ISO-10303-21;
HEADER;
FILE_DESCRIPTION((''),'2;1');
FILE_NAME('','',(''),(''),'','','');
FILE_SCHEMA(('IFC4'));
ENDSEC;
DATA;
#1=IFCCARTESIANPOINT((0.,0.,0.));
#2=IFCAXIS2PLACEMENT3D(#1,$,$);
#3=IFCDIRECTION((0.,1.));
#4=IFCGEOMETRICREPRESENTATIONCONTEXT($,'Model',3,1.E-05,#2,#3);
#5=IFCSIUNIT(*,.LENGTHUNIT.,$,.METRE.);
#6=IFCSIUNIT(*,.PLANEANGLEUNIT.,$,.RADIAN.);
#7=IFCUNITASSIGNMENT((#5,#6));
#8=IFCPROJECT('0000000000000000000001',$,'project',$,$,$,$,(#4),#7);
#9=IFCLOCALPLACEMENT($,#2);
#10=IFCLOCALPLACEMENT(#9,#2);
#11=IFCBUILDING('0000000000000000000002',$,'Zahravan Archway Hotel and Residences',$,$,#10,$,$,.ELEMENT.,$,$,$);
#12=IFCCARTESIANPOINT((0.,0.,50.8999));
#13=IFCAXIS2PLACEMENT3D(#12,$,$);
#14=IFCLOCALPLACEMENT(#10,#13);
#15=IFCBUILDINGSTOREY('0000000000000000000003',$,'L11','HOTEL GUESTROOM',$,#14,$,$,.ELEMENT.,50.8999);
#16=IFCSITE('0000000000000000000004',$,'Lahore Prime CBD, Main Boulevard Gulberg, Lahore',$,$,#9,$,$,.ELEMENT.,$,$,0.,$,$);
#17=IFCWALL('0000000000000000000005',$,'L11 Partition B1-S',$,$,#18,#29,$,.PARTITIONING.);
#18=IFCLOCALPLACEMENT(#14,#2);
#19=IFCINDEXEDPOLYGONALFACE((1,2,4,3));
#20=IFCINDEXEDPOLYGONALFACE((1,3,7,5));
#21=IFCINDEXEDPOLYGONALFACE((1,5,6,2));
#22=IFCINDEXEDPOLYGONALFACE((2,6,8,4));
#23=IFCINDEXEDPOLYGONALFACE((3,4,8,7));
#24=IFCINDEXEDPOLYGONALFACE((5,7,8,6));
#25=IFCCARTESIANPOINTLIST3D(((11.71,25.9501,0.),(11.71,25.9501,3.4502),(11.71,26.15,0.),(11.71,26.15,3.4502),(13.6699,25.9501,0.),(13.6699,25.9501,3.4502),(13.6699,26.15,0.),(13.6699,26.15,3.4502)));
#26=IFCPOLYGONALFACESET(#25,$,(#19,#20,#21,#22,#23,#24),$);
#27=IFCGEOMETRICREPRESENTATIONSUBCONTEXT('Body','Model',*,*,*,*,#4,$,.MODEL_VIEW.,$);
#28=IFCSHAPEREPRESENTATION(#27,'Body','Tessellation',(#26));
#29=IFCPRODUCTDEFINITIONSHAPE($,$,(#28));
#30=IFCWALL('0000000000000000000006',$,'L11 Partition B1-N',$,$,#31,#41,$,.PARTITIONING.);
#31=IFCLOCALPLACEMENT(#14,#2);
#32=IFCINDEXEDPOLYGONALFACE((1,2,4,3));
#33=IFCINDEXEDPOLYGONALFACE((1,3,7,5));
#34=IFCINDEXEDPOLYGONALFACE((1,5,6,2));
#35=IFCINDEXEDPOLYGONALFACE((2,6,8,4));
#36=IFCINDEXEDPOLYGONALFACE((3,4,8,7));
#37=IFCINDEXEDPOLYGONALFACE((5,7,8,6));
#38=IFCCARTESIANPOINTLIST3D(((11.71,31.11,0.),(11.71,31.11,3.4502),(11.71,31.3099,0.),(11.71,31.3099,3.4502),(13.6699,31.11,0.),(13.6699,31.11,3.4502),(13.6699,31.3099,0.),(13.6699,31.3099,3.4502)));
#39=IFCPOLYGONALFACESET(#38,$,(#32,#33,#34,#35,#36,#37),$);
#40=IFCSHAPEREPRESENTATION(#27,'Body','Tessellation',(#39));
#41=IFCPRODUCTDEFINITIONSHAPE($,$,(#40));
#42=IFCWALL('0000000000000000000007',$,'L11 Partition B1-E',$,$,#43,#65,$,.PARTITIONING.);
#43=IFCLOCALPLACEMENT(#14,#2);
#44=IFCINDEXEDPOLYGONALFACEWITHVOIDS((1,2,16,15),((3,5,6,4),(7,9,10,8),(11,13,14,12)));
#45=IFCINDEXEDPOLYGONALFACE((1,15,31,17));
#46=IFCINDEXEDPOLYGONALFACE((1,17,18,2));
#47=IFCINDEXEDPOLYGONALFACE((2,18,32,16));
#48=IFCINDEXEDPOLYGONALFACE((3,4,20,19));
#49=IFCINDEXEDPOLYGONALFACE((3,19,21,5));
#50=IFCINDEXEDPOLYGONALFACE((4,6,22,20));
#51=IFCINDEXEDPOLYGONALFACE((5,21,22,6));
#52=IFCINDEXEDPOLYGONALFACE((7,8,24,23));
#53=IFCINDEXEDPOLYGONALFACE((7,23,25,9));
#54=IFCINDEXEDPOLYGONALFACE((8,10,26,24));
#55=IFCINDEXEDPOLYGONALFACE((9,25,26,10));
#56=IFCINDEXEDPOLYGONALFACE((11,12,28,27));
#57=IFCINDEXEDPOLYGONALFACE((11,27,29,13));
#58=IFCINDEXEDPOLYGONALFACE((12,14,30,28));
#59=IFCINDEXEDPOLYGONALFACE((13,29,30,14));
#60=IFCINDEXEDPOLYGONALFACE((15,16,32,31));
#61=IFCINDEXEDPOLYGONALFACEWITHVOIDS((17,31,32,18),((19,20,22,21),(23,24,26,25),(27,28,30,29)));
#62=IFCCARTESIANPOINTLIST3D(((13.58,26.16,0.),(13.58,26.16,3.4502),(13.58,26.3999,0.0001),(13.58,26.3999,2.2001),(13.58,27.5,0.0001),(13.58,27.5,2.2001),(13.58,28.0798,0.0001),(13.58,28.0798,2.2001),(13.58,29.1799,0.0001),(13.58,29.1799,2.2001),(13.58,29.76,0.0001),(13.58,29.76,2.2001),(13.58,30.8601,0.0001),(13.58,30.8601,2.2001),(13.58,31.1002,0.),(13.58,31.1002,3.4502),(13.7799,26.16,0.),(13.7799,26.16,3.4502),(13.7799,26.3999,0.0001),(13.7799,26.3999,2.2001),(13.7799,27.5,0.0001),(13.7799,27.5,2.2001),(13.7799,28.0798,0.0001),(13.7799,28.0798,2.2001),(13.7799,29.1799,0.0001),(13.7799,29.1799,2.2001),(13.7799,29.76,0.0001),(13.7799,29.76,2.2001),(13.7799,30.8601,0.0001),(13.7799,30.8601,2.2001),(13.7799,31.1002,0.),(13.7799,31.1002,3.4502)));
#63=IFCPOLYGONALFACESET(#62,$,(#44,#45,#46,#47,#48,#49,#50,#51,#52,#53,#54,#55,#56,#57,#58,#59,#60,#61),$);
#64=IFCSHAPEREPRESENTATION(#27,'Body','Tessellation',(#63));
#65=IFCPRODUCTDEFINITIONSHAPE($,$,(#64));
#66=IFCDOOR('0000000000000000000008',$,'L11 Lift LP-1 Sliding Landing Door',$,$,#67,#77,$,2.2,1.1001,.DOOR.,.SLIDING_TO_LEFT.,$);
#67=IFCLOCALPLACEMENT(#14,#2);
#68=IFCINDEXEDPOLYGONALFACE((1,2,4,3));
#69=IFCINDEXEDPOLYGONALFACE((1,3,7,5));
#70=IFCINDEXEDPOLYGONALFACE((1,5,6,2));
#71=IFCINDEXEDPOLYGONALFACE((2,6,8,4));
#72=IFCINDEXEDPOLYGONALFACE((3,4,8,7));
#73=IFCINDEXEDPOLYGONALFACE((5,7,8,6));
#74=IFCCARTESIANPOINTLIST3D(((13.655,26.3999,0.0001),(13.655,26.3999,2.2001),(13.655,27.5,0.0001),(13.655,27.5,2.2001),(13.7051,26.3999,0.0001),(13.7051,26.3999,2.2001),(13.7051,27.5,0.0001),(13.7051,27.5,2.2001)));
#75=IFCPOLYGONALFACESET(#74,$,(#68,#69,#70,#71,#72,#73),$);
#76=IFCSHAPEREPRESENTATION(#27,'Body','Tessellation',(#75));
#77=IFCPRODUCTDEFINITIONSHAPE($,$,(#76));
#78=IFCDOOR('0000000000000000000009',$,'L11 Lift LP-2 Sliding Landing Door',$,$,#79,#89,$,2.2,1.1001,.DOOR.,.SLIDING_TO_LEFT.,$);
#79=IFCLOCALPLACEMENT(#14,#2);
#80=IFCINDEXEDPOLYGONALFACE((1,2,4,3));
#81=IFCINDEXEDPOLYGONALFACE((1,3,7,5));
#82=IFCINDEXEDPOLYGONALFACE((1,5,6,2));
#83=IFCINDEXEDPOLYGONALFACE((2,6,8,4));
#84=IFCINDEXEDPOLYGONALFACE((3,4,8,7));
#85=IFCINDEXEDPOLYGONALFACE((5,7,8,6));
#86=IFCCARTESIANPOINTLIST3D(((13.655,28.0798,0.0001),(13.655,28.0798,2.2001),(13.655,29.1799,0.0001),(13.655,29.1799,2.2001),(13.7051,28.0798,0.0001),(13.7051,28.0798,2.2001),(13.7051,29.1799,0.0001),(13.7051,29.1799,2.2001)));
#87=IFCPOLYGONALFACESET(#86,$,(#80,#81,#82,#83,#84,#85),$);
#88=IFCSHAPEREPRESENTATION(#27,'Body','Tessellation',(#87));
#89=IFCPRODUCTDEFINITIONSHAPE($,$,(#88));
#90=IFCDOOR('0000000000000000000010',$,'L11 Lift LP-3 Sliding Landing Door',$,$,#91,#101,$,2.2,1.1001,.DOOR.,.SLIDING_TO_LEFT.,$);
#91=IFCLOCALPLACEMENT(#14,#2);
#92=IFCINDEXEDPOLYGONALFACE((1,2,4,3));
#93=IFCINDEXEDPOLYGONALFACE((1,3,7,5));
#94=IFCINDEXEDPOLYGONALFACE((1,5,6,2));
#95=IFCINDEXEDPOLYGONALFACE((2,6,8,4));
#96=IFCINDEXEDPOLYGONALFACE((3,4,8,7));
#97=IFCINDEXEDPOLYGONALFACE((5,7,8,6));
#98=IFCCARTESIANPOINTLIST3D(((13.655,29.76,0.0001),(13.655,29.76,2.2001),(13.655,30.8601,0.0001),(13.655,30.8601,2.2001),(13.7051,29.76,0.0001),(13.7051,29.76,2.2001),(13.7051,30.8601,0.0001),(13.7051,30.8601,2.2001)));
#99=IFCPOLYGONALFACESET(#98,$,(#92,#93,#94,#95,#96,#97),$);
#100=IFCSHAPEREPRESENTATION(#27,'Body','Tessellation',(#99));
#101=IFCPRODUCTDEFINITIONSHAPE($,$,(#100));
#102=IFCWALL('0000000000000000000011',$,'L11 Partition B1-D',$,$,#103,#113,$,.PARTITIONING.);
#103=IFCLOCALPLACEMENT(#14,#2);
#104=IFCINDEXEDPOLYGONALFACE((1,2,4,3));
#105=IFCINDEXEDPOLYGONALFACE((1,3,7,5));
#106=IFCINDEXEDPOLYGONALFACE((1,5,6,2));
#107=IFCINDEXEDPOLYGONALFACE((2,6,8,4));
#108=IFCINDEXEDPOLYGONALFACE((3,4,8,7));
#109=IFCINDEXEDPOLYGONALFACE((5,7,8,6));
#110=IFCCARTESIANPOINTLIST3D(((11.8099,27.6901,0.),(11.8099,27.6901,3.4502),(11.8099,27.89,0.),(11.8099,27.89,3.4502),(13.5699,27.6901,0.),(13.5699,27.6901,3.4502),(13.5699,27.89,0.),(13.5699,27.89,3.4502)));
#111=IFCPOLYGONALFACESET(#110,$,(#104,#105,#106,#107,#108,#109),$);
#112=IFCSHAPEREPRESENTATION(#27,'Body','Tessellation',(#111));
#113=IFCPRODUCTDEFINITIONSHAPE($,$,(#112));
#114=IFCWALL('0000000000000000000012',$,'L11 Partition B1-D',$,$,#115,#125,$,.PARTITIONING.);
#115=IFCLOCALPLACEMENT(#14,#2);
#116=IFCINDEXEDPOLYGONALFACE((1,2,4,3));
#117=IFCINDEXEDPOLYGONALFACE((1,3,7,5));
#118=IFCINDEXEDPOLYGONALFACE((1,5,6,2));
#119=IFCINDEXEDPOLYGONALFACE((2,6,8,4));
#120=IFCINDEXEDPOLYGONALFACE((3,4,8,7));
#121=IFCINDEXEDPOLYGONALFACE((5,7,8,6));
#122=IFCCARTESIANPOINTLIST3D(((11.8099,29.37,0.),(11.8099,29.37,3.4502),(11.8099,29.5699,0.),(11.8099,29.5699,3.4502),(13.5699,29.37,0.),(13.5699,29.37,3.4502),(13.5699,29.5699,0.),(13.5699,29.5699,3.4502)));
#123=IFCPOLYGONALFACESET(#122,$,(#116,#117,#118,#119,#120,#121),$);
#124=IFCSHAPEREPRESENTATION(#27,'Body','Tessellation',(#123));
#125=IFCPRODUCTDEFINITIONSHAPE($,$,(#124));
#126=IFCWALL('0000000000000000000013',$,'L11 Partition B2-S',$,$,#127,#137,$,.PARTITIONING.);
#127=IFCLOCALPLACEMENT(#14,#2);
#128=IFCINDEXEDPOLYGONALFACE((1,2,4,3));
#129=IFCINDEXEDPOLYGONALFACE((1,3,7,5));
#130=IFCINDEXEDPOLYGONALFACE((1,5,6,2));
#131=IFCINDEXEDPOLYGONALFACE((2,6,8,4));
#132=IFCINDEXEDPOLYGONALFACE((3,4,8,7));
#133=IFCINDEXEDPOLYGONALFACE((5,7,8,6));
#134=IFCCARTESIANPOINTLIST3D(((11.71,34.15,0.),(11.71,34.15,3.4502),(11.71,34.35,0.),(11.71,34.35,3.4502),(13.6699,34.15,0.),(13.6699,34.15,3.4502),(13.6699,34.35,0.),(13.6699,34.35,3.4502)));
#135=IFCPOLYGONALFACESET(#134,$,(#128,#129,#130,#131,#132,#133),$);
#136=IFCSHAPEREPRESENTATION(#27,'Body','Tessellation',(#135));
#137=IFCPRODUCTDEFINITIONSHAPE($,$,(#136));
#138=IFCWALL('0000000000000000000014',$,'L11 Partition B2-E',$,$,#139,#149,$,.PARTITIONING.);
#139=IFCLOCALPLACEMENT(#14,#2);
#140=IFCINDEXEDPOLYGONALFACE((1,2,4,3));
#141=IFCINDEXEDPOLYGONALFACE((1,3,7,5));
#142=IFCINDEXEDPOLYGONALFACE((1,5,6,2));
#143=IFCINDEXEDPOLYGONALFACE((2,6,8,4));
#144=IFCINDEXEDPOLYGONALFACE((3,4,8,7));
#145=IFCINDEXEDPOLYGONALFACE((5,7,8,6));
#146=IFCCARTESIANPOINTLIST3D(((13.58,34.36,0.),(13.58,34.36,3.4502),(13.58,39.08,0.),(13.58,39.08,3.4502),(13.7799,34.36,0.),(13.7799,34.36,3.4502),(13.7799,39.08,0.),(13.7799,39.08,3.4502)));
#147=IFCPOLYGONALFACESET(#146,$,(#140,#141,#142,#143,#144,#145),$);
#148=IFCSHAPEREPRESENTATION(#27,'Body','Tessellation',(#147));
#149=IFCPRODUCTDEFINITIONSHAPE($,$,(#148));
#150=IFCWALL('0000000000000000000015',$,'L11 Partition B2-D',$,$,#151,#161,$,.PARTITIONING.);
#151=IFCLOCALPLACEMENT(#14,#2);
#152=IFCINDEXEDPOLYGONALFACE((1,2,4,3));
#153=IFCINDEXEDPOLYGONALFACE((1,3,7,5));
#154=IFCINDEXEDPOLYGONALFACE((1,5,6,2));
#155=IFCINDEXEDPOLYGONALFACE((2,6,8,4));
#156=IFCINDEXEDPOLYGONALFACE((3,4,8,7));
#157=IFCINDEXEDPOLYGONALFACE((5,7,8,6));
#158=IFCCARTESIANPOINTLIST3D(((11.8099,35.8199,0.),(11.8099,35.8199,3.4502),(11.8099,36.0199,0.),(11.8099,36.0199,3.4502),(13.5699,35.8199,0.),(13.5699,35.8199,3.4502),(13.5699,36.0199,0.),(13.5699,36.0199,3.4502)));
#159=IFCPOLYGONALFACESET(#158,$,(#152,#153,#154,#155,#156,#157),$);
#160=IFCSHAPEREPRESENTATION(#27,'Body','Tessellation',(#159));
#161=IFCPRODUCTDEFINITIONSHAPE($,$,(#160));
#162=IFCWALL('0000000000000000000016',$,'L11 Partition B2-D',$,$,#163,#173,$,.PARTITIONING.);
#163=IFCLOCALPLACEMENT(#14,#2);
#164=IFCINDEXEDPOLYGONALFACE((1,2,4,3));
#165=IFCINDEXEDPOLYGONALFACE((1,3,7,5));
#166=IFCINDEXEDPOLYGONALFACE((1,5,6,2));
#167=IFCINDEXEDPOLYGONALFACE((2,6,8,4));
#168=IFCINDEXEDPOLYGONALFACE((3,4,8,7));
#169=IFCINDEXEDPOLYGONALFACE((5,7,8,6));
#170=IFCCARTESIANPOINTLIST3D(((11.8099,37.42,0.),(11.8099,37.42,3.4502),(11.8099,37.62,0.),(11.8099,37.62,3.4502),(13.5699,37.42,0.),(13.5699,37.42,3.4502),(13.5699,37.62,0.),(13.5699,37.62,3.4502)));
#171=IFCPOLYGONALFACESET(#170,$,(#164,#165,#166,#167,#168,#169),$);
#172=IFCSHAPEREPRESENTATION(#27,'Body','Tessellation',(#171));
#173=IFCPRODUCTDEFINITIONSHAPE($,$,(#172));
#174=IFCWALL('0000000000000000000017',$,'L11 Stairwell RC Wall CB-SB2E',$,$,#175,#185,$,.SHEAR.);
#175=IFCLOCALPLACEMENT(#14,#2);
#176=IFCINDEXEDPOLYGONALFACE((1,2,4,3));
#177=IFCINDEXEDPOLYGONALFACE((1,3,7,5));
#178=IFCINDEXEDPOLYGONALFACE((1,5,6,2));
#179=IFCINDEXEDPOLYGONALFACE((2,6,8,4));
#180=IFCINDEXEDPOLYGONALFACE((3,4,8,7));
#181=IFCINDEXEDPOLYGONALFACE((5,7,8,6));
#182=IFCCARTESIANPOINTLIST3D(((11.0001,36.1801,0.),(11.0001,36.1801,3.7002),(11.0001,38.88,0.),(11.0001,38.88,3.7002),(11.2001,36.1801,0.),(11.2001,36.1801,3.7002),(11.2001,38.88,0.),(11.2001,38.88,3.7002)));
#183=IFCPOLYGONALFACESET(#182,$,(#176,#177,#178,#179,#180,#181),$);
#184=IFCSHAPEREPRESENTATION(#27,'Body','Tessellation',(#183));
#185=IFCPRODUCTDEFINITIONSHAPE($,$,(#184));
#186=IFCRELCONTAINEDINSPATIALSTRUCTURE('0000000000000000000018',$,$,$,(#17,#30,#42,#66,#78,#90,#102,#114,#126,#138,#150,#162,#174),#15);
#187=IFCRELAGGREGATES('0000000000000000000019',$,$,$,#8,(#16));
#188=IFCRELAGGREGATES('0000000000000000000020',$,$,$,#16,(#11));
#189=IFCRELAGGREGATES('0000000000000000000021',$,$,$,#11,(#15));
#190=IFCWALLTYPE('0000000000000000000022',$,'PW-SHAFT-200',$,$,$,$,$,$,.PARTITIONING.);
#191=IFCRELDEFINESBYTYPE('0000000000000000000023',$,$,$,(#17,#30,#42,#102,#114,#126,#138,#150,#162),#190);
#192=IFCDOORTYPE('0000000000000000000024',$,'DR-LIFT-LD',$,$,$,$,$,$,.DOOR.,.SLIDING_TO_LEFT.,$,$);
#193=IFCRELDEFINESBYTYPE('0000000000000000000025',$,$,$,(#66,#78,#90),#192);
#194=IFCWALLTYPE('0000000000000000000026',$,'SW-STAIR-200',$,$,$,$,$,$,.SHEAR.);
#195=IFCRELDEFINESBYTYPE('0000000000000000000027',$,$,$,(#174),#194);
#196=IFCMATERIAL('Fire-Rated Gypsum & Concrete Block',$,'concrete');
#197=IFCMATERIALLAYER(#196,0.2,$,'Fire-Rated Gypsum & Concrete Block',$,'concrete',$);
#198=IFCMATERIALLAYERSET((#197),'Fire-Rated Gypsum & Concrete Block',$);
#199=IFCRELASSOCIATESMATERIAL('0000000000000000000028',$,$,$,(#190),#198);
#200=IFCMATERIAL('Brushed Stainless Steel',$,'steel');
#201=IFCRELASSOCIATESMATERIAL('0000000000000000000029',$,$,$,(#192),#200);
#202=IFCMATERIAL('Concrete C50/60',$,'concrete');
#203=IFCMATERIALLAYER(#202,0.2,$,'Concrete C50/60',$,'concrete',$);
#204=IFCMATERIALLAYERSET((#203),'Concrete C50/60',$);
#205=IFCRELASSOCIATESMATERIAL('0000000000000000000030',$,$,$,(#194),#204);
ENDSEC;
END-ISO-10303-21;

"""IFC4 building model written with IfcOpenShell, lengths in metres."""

from ifc_helpers import new_model, si_unit, direction, frame, frame_2d, origin, place, context, subcontext, project, spatial, rectangle, extrude, source, transform, mapped, material, layer, layer_set, type_object, type_shapes, element, fill, save


model = new_model("IFC4")

# Units and contexts
model_context = context("Model", 3, precision=1e-05, world=origin(), true_north=direction((0.0, 1.0)))
body_context = subcontext(model_context, "Body", "Model", "MODEL_VIEW")
ifc_project = project(units=[si_unit("LENGTHUNIT", "METRE"), si_unit("PLANEANGLEUNIT", "RADIAN")], contexts=[model_context])

# Site, building, storey
site_placement = place(None, origin())
site = spatial("IfcSite", under=ifc_project, at=site_placement, Name="Lahore Prime CBD, Main Boulevard Gulberg, Lahore", CompositionType="ELEMENT", RefElevation=0.0)
building_placement = place(site_placement, origin())
building = spatial("IfcBuilding", under=site, at=building_placement, Name="Zahravan Archway Hotel and Residences", CompositionType="ELEMENT")
storey_placement = place(building_placement, frame((0.0, 0.0, 50.8999)))
storey = spatial("IfcBuildingStorey", under=building, at=storey_placement, Name="L11", Description="HOTEL GUESTROOM", CompositionType="ELEMENT", Elevation=50.8999)

# Walls
ifc_material_1 = material(Name="Fire-Rated Gypsum & Concrete Block", Category="concrete")
ifc_layer_1 = layer(ifc_material_1, 0.2, Name="Fire-Rated Gypsum & Concrete Block", Category="concrete")
ifc_layer_set_1 = layer_set([ifc_layer_1], Name="Fire-Rated Gypsum & Concrete Block")
wall_type_1 = type_object("IfcWallType", Name="PW-SHAFT-200", PredefinedType="PARTITIONING", material=ifc_layer_set_1)
for number, where, z_axis, x_axis, name in (
    (1, (11.71, 26.05, 0.0), (0.0, 0.0, 1.0), (1.0, 0.0, 0.0), "L11 Partition B1-S"),
    (2, (11.71, 31.21, 0.0), (0.0, 0.0, 1.0), (1.0, 0.0, 0.0), "L11 Partition B1-N"),
):
    element("IfcWall", number, at=place(storey_placement, frame(where, z_axis=z_axis, x_axis=x_axis)), inside=storey, type_object=wall_type_1, Name=name, PredefinedType="PARTITIONING", context=body_context, shape_type="SweptSolid", body=[
        extrude(rectangle(XDim=1.96, YDim=0.2, at=frame_2d((0.98, 0.0))), origin(), (0.0, 0.0, 1.0), 3.4502),
    ])

# Wall, openings, doors
wall_1_placement = place(storey_placement, frame((13.6799, 26.1599, 0.0), z_axis=(0.0, 0.0, 1.0), x_axis=(0.0, 1.0, 0.0)))
wall_1 = element("IfcWall", 3, at=wall_1_placement, inside=storey, type_object=wall_type_1, Name="L11 Partition B1-E", PredefinedType="PARTITIONING", context=body_context, shape_type="SweptSolid", body=[
    extrude(rectangle(XDim=4.9402, YDim=0.2, at=frame_2d((2.4702, 0.0))), origin(), (0.0, 0.0, 1.0), 3.4502),
])
opening_1_placement = place(wall_1_placement, frame((0.24, 0.0, 0.0)))
opening_1 = element("IfcOpeningElement", 4, at=opening_1_placement, cuts=wall_1, PredefinedType="OPENING", context=body_context, shape_type="SweptSolid", body=[
    extrude(rectangle(XDim=1.1001, YDim=2.2, at=frame_2d((0.55, 1.1001))), frame((0.0, 0.1099, 0.0), z_axis=(0.0, -1.0, 0.0), x_axis=(1.0, 0.0, 0.0)), (0.0, 0.0, 1.0), 0.22),
])
opening_2_placement = place(wall_1_placement, frame((1.9199, 0.0, 0.0)))
opening_2 = element("IfcOpeningElement", 5, at=opening_2_placement, cuts=wall_1, PredefinedType="OPENING", context=body_context, shape_type="SweptSolid", body=[
    extrude(rectangle(XDim=1.1001, YDim=2.2, at=frame_2d((0.55, 1.1001))), frame((0.0, 0.1099, 0.0), z_axis=(0.0, -1.0, 0.0), x_axis=(1.0, 0.0, 0.0)), (0.0, 0.0, 1.0), 0.22),
])
opening_3_placement = place(wall_1_placement, frame((3.6001, 0.0, 0.0)))
opening_3 = element("IfcOpeningElement", 6, at=opening_3_placement, cuts=wall_1, PredefinedType="OPENING", context=body_context, shape_type="SweptSolid", body=[
    extrude(rectangle(XDim=1.1001, YDim=2.2, at=frame_2d((0.55, 1.1001))), frame((0.0, 0.1099, 0.0), z_axis=(0.0, -1.0, 0.0), x_axis=(1.0, 0.0, 0.0)), (0.0, 0.0, 1.0), 0.22),
])
ifc_material_2 = material(Name="Brushed Stainless Steel", Category="steel")
door_type = type_object("IfcDoorType", Name="DR-LIFT-LD", OperationType="SLIDING_TO_LEFT", PredefinedType="DOOR", material=ifc_material_2)
shared_shape_1 = source(origin(), body_context, "Body", "SweptSolid", [
    extrude(rectangle(XDim=1.1001, YDim=2.2, at=frame_2d((0.55, 1.1001))), frame((0.0, 0.0249, 0.0), z_axis=(0.0, -1.0, 0.0), x_axis=(1.0, 0.0, 0.0)), (0.0, 0.0, 1.0), 0.05),
])
type_shapes(door_type, [shared_shape_1])
door_1_placement = place(opening_1_placement, origin())
door_1 = element("IfcDoor", 7, at=door_1_placement, inside=storey, type_object=door_type, Name="L11 Lift LP-1 Sliding Landing Door", OperationType="SLIDING_TO_LEFT", OverallHeight=2.2, OverallWidth=1.1001, PredefinedType="DOOR", context=body_context, shape_type="MappedRepresentation", body=[
    mapped(shared_shape_1, transform((0.0, 0.0, 0.0), scale=1.0)),
])
fill(opening_1, door_1)
door_2_placement = place(opening_2_placement, origin())
door_2 = element("IfcDoor", 8, at=door_2_placement, inside=storey, type_object=door_type, Name="L11 Lift LP-2 Sliding Landing Door", OperationType="SLIDING_TO_LEFT", OverallHeight=2.2, OverallWidth=1.1001, PredefinedType="DOOR", context=body_context, shape_type="MappedRepresentation", body=[
    mapped(shared_shape_1, transform((0.0, 0.0, 0.0), scale=1.0)),
])
fill(opening_2, door_2)
door_3_placement = place(opening_3_placement, origin())
door_3 = element("IfcDoor", 9, at=door_3_placement, inside=storey, type_object=door_type, Name="L11 Lift LP-3 Sliding Landing Door", OperationType="SLIDING_TO_LEFT", OverallHeight=2.2, OverallWidth=1.1001, PredefinedType="DOOR", context=body_context, shape_type="MappedRepresentation", body=[
    mapped(shared_shape_1, transform((0.0, 0.0, 0.0), scale=1.0)),
])
fill(opening_3, door_3)

# Walls
for number, where, z_axis, x_axis, name in (
    (10, (11.8101, 27.79, 0.0), (0.0, 0.0, 1.0), (1.0, 0.0, 0.0), "L11 Partition B1-D"),
    (11, (11.8101, 29.47, 0.0), (0.0, 0.0, 1.0), (1.0, 0.0, 0.0), "L11 Partition B1-D"),
):
    element("IfcWall", number, at=place(storey_placement, frame(where, z_axis=z_axis, x_axis=x_axis)), inside=storey, type_object=wall_type_1, Name=name, PredefinedType="PARTITIONING", context=body_context, shape_type="SweptSolid", body=[
        extrude(rectangle(XDim=1.76, YDim=0.2, at=frame_2d((0.8799, 0.0))), origin(), (0.0, 0.0, 1.0), 3.4502),
    ])
wall_2_placement = place(storey_placement, frame((11.71, 34.25, 0.0), z_axis=(0.0, 0.0, 1.0), x_axis=(1.0, 0.0, 0.0)))
element("IfcWall", 12, at=wall_2_placement, inside=storey, type_object=wall_type_1, Name="L11 Partition B2-S", PredefinedType="PARTITIONING", context=body_context, shape_type="SweptSolid", body=[
    extrude(rectangle(XDim=1.96, YDim=0.2, at=frame_2d((0.98, 0.0))), origin(), (0.0, 0.0, 1.0), 3.4502),
])
wall_3_placement = place(storey_placement, frame((13.6799, 34.3601, 0.0), z_axis=(0.0, 0.0, 1.0), x_axis=(0.0, 1.0, 0.0)))
element("IfcWall", 13, at=wall_3_placement, inside=storey, type_object=wall_type_1, Name="L11 Partition B2-E", PredefinedType="PARTITIONING", context=body_context, shape_type="SweptSolid", body=[
    extrude(rectangle(XDim=4.72, YDim=0.2, at=frame_2d((2.3599, 0.0))), origin(), (0.0, 0.0, 1.0), 3.4502),
])
for number, where, z_axis, x_axis, name in (
    (14, (11.8101, 35.9199, 0.0), (0.0, 0.0, 1.0), (1.0, 0.0, 0.0), "L11 Partition B2-D"),
    (15, (11.8101, 37.52, 0.0), (0.0, 0.0, 1.0), (1.0, 0.0, 0.0), "L11 Partition B2-D"),
):
    element("IfcWall", number, at=place(storey_placement, frame(where, z_axis=z_axis, x_axis=x_axis)), inside=storey, type_object=wall_type_1, Name=name, PredefinedType="PARTITIONING", context=body_context, shape_type="SweptSolid", body=[
        extrude(rectangle(XDim=1.76, YDim=0.2, at=frame_2d((0.8799, 0.0))), origin(), (0.0, 0.0, 1.0), 3.4502),
    ])
ifc_material_3 = material(Name="Concrete C50/60", Category="concrete")
ifc_layer_2 = layer(ifc_material_3, 0.2, Name="Concrete C50/60", Category="concrete")
ifc_layer_set_2 = layer_set([ifc_layer_2], Name="Concrete C50/60")
wall_type_2 = type_object("IfcWallType", Name="SW-STAIR-200", PredefinedType="SHEAR", material=ifc_layer_set_2)
wall_4_placement = place(storey_placement, frame((11.1001, 36.1799, 0.0), z_axis=(0.0, 0.0, 1.0), x_axis=(0.0, 1.0, 0.0)))
element("IfcWall", 16, at=wall_4_placement, inside=storey, type_object=wall_type_2, Name="L11 Stairwell RC Wall CB-SB2E", PredefinedType="SHEAR", context=body_context, shape_type="SweptSolid", body=[
    extrude(rectangle(XDim=2.7, YDim=0.2, at=frame_2d((1.3501, 0.0))), origin(), (0.0, 0.0, 1.0), 3.7002),
])

save(model, "model.ifc")
